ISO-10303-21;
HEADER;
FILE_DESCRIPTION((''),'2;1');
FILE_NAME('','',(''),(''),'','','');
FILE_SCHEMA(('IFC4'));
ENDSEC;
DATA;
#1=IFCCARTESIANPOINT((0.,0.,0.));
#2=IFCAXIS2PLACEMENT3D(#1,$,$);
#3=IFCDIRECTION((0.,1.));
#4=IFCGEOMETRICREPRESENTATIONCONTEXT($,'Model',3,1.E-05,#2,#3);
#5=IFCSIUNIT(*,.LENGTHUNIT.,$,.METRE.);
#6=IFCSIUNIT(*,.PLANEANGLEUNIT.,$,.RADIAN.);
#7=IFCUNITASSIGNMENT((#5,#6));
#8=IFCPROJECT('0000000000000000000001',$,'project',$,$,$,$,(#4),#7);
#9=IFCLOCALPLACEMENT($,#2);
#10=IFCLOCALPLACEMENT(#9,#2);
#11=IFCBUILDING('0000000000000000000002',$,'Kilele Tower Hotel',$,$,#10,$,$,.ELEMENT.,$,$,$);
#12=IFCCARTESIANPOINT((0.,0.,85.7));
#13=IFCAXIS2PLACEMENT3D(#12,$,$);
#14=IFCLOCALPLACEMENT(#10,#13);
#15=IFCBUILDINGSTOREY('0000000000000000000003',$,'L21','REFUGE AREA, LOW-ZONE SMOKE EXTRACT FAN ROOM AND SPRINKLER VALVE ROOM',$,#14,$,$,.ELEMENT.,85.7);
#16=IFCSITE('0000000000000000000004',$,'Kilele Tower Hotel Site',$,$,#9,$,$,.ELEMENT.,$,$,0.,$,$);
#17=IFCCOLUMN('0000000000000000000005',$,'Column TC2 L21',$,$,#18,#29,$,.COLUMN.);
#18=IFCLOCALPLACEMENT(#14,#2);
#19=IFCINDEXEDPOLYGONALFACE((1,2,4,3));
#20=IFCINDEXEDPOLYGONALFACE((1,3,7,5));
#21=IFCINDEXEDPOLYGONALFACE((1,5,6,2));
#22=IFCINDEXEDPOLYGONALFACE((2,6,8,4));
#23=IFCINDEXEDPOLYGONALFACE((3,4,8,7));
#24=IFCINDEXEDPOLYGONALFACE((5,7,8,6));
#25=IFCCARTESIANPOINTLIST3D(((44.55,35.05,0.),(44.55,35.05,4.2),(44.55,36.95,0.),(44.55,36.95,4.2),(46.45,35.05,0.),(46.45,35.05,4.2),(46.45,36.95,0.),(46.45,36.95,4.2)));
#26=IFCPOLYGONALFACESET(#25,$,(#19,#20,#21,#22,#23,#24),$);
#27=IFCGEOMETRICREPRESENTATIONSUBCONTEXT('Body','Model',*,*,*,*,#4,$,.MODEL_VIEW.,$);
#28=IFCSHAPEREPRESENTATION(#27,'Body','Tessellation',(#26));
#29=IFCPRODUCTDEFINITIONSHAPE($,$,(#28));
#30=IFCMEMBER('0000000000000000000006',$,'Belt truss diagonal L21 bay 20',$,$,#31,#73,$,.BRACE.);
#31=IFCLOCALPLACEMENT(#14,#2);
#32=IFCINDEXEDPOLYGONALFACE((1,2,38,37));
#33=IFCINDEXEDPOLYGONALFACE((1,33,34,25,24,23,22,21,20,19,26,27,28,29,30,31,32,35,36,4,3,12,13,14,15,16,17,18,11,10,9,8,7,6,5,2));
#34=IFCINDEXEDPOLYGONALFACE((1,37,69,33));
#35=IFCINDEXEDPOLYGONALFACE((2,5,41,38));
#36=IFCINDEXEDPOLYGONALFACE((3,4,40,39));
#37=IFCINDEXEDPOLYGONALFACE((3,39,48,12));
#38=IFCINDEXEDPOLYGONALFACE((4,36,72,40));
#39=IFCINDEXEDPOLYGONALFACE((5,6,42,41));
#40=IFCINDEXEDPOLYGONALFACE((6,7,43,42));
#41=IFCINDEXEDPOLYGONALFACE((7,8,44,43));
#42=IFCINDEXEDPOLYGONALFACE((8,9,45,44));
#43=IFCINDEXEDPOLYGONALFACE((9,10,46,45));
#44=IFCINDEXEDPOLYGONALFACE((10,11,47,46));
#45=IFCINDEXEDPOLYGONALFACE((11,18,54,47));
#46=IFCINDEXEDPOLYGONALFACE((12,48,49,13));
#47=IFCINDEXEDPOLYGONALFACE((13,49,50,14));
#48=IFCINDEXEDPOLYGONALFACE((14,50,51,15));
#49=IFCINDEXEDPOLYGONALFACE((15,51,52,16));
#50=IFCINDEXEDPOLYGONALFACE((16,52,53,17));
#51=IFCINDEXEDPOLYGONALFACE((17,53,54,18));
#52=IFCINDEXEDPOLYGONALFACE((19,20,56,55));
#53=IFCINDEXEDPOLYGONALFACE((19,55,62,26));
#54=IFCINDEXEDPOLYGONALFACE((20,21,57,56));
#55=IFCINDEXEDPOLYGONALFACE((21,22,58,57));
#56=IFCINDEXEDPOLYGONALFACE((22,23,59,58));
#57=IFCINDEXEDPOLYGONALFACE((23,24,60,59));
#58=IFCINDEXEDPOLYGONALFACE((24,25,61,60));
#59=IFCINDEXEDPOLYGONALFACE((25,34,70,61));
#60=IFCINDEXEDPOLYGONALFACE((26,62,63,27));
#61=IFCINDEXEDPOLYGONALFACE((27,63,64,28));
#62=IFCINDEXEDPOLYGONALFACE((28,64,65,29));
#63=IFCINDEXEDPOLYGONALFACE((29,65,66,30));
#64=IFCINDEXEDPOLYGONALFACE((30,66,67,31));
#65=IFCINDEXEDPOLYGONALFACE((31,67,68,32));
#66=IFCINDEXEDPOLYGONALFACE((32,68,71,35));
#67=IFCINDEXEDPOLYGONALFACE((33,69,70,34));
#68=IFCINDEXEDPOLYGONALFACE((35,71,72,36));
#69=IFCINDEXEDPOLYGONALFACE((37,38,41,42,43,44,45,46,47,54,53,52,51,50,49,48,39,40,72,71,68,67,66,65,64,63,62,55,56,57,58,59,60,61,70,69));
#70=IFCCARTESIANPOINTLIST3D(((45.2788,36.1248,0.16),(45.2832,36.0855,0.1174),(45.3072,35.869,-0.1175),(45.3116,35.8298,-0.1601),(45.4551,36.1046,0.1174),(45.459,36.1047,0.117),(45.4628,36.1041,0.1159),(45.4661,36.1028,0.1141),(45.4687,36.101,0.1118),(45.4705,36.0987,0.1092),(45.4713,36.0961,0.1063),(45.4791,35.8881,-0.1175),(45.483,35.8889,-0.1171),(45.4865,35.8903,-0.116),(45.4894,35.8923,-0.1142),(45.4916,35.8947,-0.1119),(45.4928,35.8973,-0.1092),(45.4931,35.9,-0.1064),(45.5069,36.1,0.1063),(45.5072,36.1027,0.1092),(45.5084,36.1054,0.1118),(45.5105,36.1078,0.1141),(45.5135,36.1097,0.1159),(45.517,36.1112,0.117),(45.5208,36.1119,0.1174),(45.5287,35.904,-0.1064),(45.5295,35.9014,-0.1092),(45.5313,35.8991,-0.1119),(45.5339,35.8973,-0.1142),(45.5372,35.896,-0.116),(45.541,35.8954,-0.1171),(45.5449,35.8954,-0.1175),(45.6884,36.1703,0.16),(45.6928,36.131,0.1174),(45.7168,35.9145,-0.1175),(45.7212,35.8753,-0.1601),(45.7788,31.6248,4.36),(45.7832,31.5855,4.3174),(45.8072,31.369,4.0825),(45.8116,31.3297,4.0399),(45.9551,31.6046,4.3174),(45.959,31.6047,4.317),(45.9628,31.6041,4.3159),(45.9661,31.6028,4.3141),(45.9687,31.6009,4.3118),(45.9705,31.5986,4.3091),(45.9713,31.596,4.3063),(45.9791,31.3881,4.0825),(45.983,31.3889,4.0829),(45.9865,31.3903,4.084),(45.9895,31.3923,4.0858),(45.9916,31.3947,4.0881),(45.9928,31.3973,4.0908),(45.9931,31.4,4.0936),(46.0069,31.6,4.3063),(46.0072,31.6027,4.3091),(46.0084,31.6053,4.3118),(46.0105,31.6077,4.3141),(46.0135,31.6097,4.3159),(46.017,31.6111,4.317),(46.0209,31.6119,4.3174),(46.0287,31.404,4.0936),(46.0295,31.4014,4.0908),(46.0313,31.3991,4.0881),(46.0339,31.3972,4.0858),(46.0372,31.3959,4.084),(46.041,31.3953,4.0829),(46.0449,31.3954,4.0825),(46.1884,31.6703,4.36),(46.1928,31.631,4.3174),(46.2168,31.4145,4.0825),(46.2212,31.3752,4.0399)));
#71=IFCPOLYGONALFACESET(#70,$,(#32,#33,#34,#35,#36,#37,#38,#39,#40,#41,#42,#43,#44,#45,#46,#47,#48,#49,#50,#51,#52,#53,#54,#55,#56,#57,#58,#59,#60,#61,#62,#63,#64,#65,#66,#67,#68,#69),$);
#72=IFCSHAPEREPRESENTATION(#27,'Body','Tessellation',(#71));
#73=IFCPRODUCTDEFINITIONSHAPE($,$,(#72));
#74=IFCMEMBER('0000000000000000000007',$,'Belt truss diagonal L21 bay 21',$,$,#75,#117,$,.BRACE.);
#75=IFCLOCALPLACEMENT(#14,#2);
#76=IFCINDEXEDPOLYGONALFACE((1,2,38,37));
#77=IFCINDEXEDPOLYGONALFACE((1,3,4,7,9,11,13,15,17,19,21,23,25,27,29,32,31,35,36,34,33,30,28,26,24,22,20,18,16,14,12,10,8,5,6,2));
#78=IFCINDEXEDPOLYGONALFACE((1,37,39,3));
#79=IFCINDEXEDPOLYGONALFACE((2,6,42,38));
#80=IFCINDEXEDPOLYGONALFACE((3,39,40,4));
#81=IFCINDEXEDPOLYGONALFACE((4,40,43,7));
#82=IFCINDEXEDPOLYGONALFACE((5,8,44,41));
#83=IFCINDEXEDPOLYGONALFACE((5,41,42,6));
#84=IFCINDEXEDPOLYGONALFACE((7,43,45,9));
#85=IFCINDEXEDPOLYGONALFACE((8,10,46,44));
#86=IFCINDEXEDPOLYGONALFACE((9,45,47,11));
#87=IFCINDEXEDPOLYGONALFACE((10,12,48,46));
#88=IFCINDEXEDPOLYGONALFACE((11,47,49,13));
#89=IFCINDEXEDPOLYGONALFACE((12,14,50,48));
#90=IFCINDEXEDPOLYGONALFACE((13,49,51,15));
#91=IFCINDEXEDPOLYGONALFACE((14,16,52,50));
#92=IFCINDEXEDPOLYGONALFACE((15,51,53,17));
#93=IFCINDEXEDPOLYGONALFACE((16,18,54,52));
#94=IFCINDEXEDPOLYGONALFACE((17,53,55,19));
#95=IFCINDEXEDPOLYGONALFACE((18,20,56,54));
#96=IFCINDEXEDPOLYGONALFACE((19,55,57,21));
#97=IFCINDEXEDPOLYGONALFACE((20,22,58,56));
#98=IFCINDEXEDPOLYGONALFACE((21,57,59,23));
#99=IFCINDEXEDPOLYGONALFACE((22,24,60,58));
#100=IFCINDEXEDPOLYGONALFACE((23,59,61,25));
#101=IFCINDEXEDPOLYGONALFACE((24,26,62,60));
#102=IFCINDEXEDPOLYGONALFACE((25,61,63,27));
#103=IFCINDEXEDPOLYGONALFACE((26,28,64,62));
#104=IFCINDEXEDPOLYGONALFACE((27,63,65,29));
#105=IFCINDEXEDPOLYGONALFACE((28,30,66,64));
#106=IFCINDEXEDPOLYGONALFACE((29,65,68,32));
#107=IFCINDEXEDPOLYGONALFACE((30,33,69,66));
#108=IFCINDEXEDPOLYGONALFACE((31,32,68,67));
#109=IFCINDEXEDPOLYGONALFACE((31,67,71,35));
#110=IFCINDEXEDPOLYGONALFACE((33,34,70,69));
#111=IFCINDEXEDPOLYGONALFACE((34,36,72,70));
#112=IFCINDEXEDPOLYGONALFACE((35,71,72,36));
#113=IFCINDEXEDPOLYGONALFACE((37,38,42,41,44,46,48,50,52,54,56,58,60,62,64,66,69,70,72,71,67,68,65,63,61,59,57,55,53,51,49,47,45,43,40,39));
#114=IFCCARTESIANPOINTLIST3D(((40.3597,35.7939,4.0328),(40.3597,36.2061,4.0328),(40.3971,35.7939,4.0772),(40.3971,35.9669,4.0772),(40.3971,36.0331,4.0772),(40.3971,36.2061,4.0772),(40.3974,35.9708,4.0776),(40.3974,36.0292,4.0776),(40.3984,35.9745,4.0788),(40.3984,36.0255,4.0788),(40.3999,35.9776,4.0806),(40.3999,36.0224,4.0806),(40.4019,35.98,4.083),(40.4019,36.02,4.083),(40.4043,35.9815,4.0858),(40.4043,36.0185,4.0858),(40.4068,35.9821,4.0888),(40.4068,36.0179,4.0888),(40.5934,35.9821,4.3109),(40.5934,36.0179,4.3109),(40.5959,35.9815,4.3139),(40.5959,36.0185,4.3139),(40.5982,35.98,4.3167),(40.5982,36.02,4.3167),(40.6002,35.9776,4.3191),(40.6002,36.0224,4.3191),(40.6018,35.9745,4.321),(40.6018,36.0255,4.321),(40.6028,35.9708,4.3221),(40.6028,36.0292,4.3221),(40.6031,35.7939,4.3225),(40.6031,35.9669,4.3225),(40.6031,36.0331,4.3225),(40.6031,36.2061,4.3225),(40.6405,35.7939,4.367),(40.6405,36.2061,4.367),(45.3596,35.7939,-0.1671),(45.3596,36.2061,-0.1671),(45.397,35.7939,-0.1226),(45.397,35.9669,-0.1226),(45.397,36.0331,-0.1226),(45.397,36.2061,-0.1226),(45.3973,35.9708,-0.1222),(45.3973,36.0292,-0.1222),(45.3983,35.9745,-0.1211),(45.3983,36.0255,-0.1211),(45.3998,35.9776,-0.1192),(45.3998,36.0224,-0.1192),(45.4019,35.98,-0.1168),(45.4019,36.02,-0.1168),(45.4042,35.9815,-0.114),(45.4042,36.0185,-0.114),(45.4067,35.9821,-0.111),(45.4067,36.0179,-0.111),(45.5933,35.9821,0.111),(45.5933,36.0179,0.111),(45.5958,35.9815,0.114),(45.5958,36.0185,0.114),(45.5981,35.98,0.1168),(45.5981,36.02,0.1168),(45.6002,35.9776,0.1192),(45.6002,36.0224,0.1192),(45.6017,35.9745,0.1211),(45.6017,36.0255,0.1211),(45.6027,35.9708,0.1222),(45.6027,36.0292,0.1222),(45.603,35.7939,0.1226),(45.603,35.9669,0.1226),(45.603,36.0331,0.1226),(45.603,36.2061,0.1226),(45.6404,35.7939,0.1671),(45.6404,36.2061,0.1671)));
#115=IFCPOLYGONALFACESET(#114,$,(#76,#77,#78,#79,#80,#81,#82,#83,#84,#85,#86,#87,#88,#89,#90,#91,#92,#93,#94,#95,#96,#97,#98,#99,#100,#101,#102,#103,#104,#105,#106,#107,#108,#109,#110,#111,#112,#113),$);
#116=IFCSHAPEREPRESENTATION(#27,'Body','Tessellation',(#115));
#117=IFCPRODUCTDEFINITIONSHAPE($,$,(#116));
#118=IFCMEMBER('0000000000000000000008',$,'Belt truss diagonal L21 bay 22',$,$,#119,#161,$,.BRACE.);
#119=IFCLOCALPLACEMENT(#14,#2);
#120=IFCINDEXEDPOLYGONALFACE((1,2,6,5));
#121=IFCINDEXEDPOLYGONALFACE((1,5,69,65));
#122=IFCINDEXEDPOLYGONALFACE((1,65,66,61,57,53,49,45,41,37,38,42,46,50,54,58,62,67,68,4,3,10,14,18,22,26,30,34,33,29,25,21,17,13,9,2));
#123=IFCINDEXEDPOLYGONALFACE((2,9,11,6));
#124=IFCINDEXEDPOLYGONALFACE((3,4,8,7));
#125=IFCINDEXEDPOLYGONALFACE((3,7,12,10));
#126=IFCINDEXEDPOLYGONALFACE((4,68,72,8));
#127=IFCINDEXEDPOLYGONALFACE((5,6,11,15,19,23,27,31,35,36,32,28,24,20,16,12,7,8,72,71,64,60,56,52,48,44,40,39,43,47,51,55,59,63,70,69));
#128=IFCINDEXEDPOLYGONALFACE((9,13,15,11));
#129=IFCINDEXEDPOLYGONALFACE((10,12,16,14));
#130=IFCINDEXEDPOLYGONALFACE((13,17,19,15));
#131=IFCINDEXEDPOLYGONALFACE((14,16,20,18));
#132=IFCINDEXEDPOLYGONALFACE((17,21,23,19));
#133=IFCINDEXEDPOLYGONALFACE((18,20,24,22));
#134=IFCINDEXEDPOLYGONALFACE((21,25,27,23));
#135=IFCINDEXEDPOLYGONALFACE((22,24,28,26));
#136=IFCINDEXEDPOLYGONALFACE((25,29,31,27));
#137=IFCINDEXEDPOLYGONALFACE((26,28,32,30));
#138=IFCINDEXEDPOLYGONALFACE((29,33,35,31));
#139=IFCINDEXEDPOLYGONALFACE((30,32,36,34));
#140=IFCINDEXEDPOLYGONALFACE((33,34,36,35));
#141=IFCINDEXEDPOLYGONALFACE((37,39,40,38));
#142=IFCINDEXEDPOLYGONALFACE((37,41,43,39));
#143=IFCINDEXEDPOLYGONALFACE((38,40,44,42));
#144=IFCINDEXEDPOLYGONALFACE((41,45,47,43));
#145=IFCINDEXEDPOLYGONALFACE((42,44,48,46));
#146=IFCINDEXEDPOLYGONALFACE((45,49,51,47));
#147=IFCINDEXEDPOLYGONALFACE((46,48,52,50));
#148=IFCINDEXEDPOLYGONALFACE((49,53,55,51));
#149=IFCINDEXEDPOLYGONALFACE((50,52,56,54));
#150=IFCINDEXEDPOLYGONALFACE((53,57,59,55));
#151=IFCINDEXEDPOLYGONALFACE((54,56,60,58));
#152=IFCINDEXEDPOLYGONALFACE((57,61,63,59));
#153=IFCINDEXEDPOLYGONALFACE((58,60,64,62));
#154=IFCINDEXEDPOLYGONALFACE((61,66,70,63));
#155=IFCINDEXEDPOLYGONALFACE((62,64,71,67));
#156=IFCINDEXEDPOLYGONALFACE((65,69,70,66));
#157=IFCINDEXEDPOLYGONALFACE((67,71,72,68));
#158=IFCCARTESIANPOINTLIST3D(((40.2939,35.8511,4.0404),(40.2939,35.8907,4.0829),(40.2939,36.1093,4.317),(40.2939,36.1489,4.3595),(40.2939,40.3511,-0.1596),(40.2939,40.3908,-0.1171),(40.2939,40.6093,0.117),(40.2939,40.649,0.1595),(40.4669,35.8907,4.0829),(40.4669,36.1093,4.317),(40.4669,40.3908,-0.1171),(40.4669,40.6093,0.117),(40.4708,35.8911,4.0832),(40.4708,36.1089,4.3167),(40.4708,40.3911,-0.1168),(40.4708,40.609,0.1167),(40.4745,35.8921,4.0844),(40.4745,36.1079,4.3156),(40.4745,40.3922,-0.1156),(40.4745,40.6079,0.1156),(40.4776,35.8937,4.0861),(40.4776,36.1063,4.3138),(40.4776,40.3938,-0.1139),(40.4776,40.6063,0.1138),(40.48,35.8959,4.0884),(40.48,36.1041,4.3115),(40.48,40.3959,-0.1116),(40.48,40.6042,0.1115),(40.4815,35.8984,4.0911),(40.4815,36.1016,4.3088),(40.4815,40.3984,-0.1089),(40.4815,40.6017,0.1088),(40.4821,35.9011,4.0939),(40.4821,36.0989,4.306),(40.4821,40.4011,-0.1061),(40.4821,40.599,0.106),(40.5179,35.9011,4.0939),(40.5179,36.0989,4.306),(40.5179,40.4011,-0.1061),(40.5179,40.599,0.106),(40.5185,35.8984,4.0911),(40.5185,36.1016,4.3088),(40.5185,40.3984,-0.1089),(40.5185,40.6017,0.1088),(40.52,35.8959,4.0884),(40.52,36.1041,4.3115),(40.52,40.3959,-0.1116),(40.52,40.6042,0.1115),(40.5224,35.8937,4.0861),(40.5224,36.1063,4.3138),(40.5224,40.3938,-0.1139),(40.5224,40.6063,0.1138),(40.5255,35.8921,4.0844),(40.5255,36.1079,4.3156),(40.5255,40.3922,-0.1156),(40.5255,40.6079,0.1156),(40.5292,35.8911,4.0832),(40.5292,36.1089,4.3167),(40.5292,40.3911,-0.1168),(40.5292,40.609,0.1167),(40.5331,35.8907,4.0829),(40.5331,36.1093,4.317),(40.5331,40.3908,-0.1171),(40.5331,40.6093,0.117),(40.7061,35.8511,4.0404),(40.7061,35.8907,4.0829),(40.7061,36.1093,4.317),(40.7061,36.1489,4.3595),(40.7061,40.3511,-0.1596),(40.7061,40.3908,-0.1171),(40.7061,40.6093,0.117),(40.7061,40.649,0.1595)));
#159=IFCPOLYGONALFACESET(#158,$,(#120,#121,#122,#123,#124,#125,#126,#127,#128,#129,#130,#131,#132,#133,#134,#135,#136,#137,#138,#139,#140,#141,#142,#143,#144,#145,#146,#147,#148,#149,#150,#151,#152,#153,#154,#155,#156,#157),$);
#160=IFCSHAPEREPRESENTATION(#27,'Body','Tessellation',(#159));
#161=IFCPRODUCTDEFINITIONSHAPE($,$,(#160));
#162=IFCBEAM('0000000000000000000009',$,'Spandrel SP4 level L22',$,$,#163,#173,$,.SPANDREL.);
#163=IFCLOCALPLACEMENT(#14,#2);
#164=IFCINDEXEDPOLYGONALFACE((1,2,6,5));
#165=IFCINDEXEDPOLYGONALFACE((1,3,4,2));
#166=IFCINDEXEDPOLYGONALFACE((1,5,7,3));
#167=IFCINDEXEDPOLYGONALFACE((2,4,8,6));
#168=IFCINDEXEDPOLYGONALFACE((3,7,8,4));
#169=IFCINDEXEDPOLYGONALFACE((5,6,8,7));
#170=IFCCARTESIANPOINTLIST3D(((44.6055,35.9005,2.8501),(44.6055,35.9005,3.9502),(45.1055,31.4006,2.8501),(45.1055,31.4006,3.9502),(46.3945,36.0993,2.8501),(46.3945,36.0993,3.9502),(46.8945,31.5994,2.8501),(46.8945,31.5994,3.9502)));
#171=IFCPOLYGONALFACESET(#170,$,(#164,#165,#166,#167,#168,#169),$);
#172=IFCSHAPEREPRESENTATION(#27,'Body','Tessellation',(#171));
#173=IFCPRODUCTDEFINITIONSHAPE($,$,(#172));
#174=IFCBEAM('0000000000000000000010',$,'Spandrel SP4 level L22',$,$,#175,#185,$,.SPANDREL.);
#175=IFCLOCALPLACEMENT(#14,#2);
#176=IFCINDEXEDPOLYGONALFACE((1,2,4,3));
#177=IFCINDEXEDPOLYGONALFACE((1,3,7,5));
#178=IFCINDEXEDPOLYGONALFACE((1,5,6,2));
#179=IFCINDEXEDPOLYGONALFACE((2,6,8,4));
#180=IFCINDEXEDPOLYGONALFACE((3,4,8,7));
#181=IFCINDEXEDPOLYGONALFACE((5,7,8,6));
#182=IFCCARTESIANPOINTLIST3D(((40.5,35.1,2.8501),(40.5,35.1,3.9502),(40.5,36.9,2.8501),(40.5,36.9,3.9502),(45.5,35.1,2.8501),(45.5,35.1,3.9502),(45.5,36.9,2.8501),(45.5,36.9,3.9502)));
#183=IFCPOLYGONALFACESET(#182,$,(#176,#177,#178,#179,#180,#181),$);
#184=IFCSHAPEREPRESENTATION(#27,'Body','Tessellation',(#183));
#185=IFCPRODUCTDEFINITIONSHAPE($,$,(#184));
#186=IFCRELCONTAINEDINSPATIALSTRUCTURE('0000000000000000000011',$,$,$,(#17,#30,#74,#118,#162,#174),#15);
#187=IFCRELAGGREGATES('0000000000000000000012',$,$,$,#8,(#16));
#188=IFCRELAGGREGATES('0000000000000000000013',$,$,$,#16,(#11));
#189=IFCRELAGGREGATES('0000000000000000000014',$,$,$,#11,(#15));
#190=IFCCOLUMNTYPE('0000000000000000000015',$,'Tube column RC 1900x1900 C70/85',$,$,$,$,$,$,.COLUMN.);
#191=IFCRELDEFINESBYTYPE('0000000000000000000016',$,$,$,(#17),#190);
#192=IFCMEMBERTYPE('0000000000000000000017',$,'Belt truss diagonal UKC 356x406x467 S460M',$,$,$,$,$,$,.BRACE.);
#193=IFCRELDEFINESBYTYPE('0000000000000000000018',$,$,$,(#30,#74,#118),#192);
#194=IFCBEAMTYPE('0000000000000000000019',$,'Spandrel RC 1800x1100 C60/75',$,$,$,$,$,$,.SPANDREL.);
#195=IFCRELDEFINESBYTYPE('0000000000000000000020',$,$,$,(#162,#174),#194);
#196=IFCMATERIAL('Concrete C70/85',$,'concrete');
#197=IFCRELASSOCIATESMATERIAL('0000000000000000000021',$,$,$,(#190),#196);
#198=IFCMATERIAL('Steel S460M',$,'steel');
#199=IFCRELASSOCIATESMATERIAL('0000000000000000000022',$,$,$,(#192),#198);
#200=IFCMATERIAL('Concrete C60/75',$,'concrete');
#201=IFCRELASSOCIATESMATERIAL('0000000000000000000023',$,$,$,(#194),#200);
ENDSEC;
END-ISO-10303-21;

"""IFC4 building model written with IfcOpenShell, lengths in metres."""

from ifc_helpers import new_model, si_unit, direction, frame, origin, origin_2d, place, context, subcontext, project, spatial, rectangle, i_section, extrude, material, material_profile, profile_set, type_object, element, save


model = new_model("IFC4")

# Units and contexts
model_context = context("Model", 3, precision=1e-05, world=origin(), true_north=direction((0.0, 1.0)))
body_context = subcontext(model_context, "Body", "Model", "MODEL_VIEW")
ifc_project = project(units=[si_unit("LENGTHUNIT", "METRE"), si_unit("PLANEANGLEUNIT", "RADIAN")], contexts=[model_context])

# Site, building, storey
site_placement = place(None, origin())
site = spatial("IfcSite", under=ifc_project, at=site_placement, Name="Kilele Tower Hotel Site", CompositionType="ELEMENT", RefElevation=0.0)
building_placement = place(site_placement, origin())
building = spatial("IfcBuilding", under=site, at=building_placement, Name="Kilele Tower Hotel", CompositionType="ELEMENT")
storey_placement = place(building_placement, frame((0.0, 0.0, 85.7)))
storey = spatial("IfcBuildingStorey", under=building, at=storey_placement, Name="L21", Description="REFUGE AREA, LOW-ZONE SMOKE EXTRACT FAN ROOM AND SPRINKLER VALVE ROOM", CompositionType="ELEMENT", Elevation=85.7)

# Column
ifc_material_1 = material(Name="Concrete C70/85", Category="concrete")
ifc_material_profile_1 = material_profile(ifc_material_1, rectangle(XDim=1.8999, YDim=1.8999, at=origin_2d()))
ifc_profile_set_1 = profile_set([ifc_material_profile_1], Name="Concrete C70/85")
column_type = type_object("IfcColumnType", Name="Tube column RC 1900x1900 C70/85", PredefinedType="COLUMN", material=ifc_profile_set_1)
column_placement = place(storey_placement, frame((45.5, 36.0, 0.0), z_axis=(0.0, 0.0, 1.0), x_axis=(1.0, 0.0, 0.0)))
element("IfcColumn", 1, at=column_placement, inside=storey, type_object=column_type, Name="Column TC2 L21", PredefinedType="COLUMN", context=body_context, shape_type="SweptSolid", body=[
    extrude(rectangle(XDim=1.8999, YDim=1.8999, at=origin_2d()), origin(), (0.0, 0.0, 1.0), 4.2),
])

# Members
ifc_material_2 = material(Name="Steel S460M", Category="steel")
ifc_material_profile_2 = material_profile(ifc_material_2, i_section(OverallWidth=0.4121, OverallDepth=0.4365, WebThickness=0.0359, FlangeThickness=0.0581, FilletRadius=0.0151, at=origin_2d()))
ifc_profile_set_2 = profile_set([ifc_material_profile_2], Name="Steel S460M")
member_type = type_object("IfcMemberType", Name="Belt truss diagonal UKC 356x406x467 S460M", PredefinedType="BRACE", material=ifc_profile_set_2)
member_1_placement = place(storey_placement, frame((46.0, 31.5, 4.2), z_axis=(-0.080962, 0.728659, -0.680074), x_axis=(-0.993884, -0.110432, 0.0)))
element("IfcMember", 2, at=member_1_placement, inside=storey, type_object=member_type, Name="Belt truss diagonal L21 bay 20", PredefinedType="BRACE", context=body_context, shape_type="SweptSolid", body=[
    extrude(i_section(OverallWidth=0.4121, OverallDepth=0.4365, WebThickness=0.0359, FlangeThickness=0.0581, FilletRadius=0.0151, at=origin_2d()), origin(), (0.0, 0.0, 1.0), 6.1758),
])
member_2_placement = place(storey_placement, frame((45.5, 36.0, 0.0), z_axis=(-0.765709, 0.0, 0.643188), x_axis=(0.0, -1.0, 0.0)))
element("IfcMember", 3, at=member_2_placement, inside=storey, type_object=member_type, Name="Belt truss diagonal L21 bay 21", PredefinedType="BRACE", context=body_context, shape_type="SweptSolid", body=[
    extrude(i_section(OverallWidth=0.4121, OverallDepth=0.4365, WebThickness=0.0359, FlangeThickness=0.0581, FilletRadius=0.0151, at=origin_2d()), origin(), (0.0, 0.0, 1.0), 6.5298),
])
member_3_placement = place(storey_placement, frame((40.5, 36.0, 4.2), z_axis=(0.0, 0.731059, -0.682314), x_axis=(-1.0, 0.0, 0.0)))
element("IfcMember", 4, at=member_3_placement, inside=storey, type_object=member_type, Name="Belt truss diagonal L21 bay 22", PredefinedType="BRACE", context=body_context, shape_type="SweptSolid", body=[
    extrude(i_section(OverallWidth=0.4121, OverallDepth=0.4365, WebThickness=0.0359, FlangeThickness=0.0581, FilletRadius=0.0151, at=origin_2d()), origin(), (0.0, 0.0, 1.0), 6.1555),
])

# Beams
ifc_material_3 = material(Name="Concrete C60/75", Category="concrete")
ifc_material_profile_3 = material_profile(ifc_material_3, rectangle(XDim=1.8, YDim=1.1001, at=origin_2d()))
ifc_profile_set_3 = profile_set([ifc_material_profile_3], Name="Concrete C60/75")
beam_type = type_object("IfcBeamType", Name="Spandrel RC 1800x1100 C60/75", PredefinedType="SPANDREL", material=ifc_profile_set_3)
beam_1_placement = place(storey_placement, frame((46.0, 31.5, 3.4001), z_axis=(-0.110432, 0.993884, 0.0), x_axis=(-0.993884, -0.110432, 0.0)))
element("IfcBeam", 5, at=beam_1_placement, inside=storey, type_object=beam_type, Name="Spandrel SP4 level L22", PredefinedType="SPANDREL", context=body_context, shape_type="SweptSolid", body=[
    extrude(rectangle(XDim=1.8, YDim=1.1001, at=origin_2d()), origin(), (0.0, 0.0, 1.0), 4.5276),
])
beam_2_placement = place(storey_placement, frame((45.5, 36.0, 3.4001), z_axis=(-1.0, 0.0, 0.0), x_axis=(0.0, -1.0, 0.0)))
element("IfcBeam", 6, at=beam_2_placement, inside=storey, type_object=beam_type, Name="Spandrel SP4 level L22", PredefinedType="SPANDREL", context=body_context, shape_type="SweptSolid", body=[
    extrude(rectangle(XDim=1.8, YDim=1.1001, at=origin_2d()), origin(), (0.0, 0.0, 1.0), 5.0),
])

save(model, "model.ifc")
